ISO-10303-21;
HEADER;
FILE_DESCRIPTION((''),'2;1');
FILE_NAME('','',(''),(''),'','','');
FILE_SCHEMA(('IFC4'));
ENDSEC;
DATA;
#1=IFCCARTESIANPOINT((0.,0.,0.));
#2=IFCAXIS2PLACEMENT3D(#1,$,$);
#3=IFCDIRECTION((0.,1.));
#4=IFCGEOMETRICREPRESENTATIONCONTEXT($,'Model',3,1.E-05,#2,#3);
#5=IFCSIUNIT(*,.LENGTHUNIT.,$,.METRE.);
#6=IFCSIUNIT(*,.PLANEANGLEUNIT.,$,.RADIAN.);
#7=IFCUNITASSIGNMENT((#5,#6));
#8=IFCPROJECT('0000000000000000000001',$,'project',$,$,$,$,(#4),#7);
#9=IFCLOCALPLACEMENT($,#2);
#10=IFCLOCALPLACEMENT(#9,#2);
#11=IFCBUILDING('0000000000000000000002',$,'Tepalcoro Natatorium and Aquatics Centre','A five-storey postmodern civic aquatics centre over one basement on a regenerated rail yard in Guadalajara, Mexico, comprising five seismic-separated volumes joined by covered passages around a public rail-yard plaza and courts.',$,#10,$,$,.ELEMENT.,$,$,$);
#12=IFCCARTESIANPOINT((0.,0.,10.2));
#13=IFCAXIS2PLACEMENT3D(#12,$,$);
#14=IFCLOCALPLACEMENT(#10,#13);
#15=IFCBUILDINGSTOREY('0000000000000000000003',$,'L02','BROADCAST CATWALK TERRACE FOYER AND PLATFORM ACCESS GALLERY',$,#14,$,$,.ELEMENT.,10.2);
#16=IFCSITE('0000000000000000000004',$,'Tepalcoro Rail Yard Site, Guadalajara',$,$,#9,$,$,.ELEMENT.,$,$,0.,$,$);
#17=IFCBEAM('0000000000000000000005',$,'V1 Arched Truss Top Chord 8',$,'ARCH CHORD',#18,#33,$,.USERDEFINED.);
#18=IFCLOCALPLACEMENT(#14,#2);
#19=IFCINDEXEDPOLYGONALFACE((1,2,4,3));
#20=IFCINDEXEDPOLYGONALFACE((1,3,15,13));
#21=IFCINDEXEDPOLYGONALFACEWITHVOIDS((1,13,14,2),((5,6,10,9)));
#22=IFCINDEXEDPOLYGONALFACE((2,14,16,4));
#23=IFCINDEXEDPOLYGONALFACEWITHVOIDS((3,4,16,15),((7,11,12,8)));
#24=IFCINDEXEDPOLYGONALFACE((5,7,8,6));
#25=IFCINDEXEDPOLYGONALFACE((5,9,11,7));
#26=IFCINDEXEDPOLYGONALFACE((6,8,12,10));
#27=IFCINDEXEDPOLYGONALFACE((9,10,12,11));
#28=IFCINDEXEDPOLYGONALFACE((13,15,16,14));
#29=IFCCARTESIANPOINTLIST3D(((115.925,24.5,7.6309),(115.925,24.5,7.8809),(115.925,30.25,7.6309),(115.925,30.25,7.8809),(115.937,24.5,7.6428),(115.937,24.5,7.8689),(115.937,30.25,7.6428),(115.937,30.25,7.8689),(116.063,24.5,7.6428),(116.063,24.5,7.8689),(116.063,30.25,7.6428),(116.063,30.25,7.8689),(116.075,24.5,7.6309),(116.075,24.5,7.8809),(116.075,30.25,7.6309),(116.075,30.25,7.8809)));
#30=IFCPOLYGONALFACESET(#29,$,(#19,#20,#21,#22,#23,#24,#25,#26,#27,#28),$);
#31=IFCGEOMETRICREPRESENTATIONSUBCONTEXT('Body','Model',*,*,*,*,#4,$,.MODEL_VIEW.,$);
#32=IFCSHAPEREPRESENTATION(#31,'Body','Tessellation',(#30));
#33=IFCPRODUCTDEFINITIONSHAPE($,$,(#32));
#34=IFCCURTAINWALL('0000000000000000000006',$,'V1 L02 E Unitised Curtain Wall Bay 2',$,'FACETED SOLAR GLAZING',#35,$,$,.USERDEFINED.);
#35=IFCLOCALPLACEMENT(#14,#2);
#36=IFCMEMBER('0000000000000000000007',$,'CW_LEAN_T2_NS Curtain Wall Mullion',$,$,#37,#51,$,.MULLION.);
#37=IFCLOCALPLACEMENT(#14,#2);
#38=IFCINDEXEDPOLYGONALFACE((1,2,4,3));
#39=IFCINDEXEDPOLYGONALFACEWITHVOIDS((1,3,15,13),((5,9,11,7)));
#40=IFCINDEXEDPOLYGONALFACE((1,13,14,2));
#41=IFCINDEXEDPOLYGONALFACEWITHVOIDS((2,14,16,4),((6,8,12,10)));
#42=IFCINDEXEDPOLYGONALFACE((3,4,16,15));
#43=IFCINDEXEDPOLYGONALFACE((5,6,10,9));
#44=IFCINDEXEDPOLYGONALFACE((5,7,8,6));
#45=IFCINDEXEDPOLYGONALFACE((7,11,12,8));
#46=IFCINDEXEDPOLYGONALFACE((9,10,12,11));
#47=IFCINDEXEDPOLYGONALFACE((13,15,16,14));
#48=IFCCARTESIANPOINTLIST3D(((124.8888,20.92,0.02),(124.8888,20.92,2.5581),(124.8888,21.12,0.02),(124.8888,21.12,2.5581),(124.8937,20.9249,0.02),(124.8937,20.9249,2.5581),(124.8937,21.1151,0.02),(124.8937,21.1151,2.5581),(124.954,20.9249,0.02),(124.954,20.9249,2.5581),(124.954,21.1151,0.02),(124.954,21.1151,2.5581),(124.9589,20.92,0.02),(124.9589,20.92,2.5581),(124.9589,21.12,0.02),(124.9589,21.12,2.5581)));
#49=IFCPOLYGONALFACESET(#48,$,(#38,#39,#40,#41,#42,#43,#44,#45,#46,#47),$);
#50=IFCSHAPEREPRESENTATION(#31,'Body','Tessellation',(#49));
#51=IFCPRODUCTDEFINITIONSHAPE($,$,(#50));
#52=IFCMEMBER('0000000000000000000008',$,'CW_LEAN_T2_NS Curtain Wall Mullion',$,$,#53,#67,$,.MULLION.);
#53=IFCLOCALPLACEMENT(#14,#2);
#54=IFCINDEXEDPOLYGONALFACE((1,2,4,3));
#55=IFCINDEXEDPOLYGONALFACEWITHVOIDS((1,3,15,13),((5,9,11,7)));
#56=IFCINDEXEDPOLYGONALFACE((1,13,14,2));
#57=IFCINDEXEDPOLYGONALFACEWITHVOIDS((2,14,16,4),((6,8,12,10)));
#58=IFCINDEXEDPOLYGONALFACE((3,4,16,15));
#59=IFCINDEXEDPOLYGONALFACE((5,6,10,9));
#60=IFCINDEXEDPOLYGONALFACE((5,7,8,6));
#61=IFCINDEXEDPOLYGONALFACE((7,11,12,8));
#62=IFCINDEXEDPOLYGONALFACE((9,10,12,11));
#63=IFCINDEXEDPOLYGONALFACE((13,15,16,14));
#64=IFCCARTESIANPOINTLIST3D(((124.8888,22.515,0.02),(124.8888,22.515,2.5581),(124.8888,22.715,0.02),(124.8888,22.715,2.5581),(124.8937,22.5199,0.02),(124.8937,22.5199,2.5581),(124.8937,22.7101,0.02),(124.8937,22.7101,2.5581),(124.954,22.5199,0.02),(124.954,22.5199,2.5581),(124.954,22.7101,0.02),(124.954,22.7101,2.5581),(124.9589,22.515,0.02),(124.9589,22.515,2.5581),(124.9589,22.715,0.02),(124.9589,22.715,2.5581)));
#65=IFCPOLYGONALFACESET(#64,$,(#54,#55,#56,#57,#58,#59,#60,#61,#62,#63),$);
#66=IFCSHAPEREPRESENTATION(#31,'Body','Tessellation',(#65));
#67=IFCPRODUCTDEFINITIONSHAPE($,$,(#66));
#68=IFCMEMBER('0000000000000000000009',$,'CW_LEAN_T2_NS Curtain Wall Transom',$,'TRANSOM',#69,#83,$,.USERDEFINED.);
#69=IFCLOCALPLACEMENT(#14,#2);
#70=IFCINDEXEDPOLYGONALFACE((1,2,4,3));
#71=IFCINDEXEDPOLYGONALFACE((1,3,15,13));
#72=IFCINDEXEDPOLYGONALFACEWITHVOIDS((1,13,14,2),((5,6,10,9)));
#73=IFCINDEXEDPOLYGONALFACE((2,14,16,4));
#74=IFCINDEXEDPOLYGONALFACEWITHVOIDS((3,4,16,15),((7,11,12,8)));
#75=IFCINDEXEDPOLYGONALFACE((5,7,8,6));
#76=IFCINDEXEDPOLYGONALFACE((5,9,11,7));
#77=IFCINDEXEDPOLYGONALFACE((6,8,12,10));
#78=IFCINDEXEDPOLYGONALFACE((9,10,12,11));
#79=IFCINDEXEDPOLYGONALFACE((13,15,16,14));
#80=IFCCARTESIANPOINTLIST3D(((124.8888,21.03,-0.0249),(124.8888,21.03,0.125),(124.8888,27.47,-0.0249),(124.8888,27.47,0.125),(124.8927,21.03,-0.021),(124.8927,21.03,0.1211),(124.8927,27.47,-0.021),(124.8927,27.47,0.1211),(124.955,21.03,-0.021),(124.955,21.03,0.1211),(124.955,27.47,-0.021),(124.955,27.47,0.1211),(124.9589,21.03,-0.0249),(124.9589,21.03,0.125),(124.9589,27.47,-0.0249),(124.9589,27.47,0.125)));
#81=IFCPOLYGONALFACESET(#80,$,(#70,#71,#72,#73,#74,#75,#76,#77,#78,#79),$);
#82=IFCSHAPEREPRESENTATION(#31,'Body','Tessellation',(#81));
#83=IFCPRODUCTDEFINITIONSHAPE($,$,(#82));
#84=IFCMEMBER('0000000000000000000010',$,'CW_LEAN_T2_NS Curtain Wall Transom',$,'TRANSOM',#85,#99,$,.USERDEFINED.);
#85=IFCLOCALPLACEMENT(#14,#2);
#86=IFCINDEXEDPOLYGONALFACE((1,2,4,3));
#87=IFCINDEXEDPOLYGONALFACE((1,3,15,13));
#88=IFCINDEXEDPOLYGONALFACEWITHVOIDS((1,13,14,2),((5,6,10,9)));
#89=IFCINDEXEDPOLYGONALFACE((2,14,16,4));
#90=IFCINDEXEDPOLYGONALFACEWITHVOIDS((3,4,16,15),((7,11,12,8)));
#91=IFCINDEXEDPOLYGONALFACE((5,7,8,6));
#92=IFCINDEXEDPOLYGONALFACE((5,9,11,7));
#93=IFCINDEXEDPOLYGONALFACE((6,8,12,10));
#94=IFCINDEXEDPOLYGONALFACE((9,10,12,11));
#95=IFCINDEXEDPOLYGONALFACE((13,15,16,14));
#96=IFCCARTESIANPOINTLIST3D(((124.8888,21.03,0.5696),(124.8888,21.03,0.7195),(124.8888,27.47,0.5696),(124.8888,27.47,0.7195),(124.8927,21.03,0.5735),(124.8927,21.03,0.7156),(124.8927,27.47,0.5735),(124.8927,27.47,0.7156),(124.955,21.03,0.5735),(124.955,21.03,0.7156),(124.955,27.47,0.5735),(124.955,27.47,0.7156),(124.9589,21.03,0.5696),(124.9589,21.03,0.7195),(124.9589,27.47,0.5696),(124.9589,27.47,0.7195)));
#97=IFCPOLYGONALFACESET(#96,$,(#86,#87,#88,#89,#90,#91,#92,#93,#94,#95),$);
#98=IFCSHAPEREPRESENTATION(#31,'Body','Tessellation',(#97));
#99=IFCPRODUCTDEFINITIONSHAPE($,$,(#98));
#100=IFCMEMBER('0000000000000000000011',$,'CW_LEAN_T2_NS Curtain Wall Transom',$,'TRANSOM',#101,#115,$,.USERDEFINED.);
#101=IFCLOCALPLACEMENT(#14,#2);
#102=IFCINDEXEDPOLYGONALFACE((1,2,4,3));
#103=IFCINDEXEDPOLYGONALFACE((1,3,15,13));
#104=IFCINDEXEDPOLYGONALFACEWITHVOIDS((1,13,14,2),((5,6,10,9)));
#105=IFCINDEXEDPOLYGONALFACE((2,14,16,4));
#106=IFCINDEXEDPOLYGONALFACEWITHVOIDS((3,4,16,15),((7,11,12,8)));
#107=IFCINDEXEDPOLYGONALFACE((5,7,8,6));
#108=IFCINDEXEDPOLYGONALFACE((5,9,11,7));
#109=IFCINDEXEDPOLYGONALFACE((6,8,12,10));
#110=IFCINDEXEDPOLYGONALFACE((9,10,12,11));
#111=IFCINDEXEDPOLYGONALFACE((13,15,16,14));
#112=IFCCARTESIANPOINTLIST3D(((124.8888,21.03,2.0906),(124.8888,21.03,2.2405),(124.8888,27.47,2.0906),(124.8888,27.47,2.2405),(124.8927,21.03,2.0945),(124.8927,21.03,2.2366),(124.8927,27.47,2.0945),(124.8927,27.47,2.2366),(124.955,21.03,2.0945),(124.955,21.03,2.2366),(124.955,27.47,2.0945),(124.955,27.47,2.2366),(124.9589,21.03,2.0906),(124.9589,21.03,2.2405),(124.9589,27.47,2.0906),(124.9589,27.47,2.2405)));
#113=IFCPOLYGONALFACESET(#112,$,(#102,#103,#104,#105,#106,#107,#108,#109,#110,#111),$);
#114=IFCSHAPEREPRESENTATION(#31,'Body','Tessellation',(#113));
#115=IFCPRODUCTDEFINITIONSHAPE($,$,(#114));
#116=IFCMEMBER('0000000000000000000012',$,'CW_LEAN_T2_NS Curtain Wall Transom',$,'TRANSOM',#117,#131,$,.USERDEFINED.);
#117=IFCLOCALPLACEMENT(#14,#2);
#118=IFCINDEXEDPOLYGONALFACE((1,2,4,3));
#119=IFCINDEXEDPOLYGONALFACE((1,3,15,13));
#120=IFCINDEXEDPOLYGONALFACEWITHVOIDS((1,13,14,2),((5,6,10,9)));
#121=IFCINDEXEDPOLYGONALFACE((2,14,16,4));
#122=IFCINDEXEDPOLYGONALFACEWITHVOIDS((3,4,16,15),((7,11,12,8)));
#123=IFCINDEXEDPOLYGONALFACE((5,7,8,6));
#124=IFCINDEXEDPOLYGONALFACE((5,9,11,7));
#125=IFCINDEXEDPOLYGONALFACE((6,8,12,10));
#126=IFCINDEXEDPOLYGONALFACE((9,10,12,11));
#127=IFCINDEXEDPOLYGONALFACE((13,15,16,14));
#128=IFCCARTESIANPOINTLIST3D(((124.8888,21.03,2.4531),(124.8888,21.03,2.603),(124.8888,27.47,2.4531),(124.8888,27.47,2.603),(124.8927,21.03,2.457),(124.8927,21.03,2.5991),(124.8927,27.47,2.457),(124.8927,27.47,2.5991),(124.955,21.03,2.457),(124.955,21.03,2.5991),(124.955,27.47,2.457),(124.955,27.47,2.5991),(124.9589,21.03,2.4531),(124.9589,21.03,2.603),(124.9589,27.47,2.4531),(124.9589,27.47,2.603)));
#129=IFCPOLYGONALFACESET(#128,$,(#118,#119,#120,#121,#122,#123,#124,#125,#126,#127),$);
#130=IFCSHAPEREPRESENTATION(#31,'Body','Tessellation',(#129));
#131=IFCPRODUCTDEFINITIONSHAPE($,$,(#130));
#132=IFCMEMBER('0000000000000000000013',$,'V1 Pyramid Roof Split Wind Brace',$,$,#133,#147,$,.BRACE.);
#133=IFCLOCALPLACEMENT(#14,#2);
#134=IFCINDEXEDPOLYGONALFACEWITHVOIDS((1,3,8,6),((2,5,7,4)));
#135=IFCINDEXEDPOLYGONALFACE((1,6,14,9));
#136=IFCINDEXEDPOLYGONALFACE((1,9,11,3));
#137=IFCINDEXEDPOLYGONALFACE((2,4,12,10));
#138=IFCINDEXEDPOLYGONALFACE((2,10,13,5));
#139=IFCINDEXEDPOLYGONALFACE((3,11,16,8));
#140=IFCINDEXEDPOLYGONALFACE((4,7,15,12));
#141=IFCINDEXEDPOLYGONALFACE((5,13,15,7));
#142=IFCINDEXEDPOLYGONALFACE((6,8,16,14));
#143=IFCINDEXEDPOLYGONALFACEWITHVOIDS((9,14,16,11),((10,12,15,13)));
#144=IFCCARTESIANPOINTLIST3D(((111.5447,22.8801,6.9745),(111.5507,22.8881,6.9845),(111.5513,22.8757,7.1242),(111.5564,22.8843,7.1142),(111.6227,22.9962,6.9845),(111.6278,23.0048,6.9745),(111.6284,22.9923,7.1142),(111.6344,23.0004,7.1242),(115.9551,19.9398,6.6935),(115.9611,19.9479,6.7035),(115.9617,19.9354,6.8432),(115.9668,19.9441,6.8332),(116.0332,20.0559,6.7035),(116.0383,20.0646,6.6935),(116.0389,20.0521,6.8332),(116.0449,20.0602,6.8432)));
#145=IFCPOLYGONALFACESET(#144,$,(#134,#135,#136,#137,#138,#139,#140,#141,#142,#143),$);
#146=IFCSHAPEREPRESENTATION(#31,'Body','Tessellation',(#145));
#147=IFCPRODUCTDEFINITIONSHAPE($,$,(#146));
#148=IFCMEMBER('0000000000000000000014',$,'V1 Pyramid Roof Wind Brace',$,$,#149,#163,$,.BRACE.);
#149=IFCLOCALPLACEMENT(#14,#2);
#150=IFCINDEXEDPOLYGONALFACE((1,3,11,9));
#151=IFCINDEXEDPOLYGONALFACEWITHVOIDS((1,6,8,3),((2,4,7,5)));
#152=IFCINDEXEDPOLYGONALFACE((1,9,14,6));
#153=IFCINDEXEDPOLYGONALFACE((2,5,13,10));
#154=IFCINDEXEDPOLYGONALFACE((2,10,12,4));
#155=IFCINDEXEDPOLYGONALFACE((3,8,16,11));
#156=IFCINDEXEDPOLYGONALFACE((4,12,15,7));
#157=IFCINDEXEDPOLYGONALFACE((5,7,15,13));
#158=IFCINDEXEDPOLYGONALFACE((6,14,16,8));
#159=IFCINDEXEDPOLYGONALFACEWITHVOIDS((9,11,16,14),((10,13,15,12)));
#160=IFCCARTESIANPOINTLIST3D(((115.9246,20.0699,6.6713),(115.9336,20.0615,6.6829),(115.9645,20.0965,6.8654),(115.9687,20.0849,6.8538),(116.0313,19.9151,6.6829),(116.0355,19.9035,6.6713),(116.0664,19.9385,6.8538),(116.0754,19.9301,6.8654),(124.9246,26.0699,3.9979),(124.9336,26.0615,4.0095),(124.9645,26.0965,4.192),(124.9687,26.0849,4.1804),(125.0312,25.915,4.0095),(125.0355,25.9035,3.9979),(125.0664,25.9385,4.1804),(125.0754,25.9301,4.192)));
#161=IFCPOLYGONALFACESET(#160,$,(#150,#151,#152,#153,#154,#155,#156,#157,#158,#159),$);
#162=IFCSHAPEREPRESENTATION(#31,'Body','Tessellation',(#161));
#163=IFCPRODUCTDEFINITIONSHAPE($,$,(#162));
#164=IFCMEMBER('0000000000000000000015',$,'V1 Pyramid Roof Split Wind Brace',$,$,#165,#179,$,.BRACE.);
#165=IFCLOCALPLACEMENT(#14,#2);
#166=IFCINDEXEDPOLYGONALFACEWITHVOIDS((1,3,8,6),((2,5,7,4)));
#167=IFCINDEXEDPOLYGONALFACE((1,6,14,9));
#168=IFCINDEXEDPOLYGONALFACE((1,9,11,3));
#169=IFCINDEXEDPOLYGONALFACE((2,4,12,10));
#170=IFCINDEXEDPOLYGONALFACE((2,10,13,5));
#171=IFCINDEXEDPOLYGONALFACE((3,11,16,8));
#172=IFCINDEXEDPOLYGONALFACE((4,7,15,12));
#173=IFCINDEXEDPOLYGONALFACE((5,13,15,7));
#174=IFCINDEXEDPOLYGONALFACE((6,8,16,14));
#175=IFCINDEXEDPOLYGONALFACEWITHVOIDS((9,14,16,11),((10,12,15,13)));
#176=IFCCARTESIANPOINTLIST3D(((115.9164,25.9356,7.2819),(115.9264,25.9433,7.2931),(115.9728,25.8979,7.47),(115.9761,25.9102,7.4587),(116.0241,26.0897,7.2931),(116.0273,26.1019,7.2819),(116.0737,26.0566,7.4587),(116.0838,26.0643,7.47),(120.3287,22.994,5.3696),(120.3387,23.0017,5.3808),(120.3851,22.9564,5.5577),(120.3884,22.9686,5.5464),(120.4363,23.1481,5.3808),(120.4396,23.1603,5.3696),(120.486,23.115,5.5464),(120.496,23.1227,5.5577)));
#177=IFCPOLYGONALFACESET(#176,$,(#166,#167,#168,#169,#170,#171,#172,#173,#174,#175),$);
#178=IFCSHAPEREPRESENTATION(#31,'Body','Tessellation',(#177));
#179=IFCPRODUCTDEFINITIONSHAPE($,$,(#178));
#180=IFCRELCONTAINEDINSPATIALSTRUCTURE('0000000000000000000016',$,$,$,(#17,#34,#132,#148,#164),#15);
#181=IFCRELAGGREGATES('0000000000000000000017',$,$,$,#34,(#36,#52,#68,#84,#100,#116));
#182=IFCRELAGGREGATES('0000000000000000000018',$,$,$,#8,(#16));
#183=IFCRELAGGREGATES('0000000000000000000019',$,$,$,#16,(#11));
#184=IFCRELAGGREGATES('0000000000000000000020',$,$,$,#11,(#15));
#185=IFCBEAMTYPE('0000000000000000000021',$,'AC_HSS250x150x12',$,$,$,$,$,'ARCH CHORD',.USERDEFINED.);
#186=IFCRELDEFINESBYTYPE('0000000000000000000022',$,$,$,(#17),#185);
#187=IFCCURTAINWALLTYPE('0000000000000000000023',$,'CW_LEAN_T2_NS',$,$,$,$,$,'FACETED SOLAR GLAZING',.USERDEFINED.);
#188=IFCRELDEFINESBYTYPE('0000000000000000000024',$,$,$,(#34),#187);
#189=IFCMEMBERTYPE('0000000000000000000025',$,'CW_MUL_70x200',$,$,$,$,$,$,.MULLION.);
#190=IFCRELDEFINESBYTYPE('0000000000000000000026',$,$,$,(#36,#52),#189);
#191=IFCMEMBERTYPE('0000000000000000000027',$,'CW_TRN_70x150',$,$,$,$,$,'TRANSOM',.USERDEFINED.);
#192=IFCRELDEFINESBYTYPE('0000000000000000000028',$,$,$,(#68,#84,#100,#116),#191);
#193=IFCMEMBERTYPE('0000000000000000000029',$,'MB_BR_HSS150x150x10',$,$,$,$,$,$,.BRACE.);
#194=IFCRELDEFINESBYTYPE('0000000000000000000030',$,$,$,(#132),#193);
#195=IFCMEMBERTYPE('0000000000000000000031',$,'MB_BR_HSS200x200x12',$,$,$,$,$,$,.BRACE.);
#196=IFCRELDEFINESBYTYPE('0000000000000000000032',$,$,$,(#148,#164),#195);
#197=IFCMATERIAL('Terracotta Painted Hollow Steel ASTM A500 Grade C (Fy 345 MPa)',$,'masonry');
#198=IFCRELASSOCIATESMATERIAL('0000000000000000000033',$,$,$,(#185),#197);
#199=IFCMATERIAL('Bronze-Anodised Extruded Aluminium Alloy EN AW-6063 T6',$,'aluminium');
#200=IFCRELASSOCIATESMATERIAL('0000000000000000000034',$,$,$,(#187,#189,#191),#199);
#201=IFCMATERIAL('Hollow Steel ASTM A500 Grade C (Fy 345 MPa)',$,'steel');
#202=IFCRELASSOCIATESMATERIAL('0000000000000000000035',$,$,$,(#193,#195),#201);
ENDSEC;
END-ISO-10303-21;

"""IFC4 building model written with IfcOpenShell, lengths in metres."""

from ifc_helpers import new_model, si_unit, direction, frame, origin, origin_2d, place, context, subcontext, project, spatial, hollow_rectangle, extrude, material, material_profile, profile_set, type_object, element, aggregate, save


model = new_model("IFC4")

# Units and contexts
model_context = context("Model", 3, precision=1e-05, world=origin(), true_north=direction((0.0, 1.0)))
body_context = subcontext(model_context, "Body", "Model", "MODEL_VIEW")
ifc_project = project(units=[si_unit("LENGTHUNIT", "METRE"), si_unit("PLANEANGLEUNIT", "RADIAN")], contexts=[model_context])

# Site, building, storey
site_placement = place(None, origin())
site = spatial("IfcSite", under=ifc_project, at=site_placement, Name="Tepalcoro Rail Yard Site, Guadalajara", CompositionType="ELEMENT", RefElevation=0.0)
building_placement = place(site_placement, origin())
building = spatial("IfcBuilding", under=site, at=building_placement, Name="Tepalcoro Natatorium and Aquatics Centre", Description="A five-storey postmodern civic aquatics centre over one basement on a regenerated rail yard in Guadalajara, Mexico, comprising five seismic-separated volumes joined by covered passages around a public rail-yard plaza and courts.", CompositionType="ELEMENT")
storey_placement = place(building_placement, frame((0.0, 0.0, 10.2)))
storey = spatial("IfcBuildingStorey", under=building, at=storey_placement, Name="L02", Description="BROADCAST CATWALK TERRACE FOYER AND PLATFORM ACCESS GALLERY", CompositionType="ELEMENT", Elevation=10.2)

# Beam
ifc_material_1 = material(Name="Terracotta Painted Hollow Steel ASTM A500 Grade C (Fy 345 MPa)", Category="masonry")
ifc_material_profile_1 = material_profile(ifc_material_1, hollow_rectangle(XDim=0.1499, YDim=0.25, WallThickness=0.012, at=origin_2d()), Name="HSS250X150X12")
ifc_profile_set_1 = profile_set([ifc_material_profile_1], Name="Terracotta Painted Hollow Steel ASTM A500 Grade C (Fy 345 MPa)")
beam_type = type_object("IfcBeamType", Name="AC_HSS250x150x12", ElementType="ARCH CHORD", PredefinedType="USERDEFINED", material=ifc_profile_set_1)
beam_placement = place(storey_placement, frame((116.0, 24.5, 7.7559), z_axis=(0.0, 1.0, 0.0), x_axis=(-1.0, 0.0, 0.0)))
element("IfcBeam", 1, at=beam_placement, inside=storey, type_object=beam_type, Name="V1 Arched Truss Top Chord 8", ObjectType="ARCH CHORD", PredefinedType="USERDEFINED", context=body_context, shape_type="SweptSolid", body=[
    extrude(hollow_rectangle(XDim=0.1499, YDim=0.25, WallThickness=0.012, at=origin_2d()), origin(), (0.0, 0.0, 1.0), 5.75),
])

# Curtain wall, members
ifc_material_2 = material(Name="Bronze-Anodised Extruded Aluminium Alloy EN AW-6063 T6", Category="aluminium")
curtain_wall_type = type_object("IfcCurtainWallType", Name="CW_LEAN_T2_NS", ElementType="FACETED SOLAR GLAZING", PredefinedType="USERDEFINED", material=ifc_material_2)
curtain_wall_placement = place(storey_placement, origin())
curtain_wall = element("IfcCurtainWall", 2, at=curtain_wall_placement, inside=storey, type_object=curtain_wall_type, Name="V1 L02 E Unitised Curtain Wall Bay 2", ObjectType="FACETED SOLAR GLAZING", PredefinedType="USERDEFINED")
ifc_material_profile_2 = material_profile(ifc_material_2, hollow_rectangle(XDim=0.0701, YDim=0.2, WallThickness=0.0049, at=origin_2d()), Name="AL70X200X5")
ifc_profile_set_2 = profile_set([ifc_material_profile_2], Name="Bronze-Anodised Extruded Aluminium Alloy EN AW-6063 T6")
member_type_1 = type_object("IfcMemberType", Name="CW_MUL_70x200", PredefinedType="MULLION", material=ifc_profile_set_2)
member_1_placement = place(storey_placement, frame((124.9238, 21.02, 0.02), z_axis=(0.0, 0.0, 1.0), x_axis=(1.0, 0.0, 0.0)))
member_1 = element("IfcMember", 3, at=member_1_placement, type_object=member_type_1, Name="CW_LEAN_T2_NS Curtain Wall Mullion", PredefinedType="MULLION", context=body_context, shape_type="SweptSolid", body=[
    extrude(hollow_rectangle(XDim=0.0701, YDim=0.2, WallThickness=0.0049, at=origin_2d()), origin(), (0.0, 0.0, 1.0), 2.5381),
])
member_2_placement = place(storey_placement, frame((124.9238, 22.615, 0.02), z_axis=(0.0, 0.0, 1.0), x_axis=(1.0, 0.0, 0.0)))
member_2 = element("IfcMember", 4, at=member_2_placement, type_object=member_type_1, Name="CW_LEAN_T2_NS Curtain Wall Mullion", PredefinedType="MULLION", context=body_context, shape_type="SweptSolid", body=[
    extrude(hollow_rectangle(XDim=0.0701, YDim=0.2, WallThickness=0.0049, at=origin_2d()), origin(), (0.0, 0.0, 1.0), 2.5381),
])
ifc_material_profile_3 = material_profile(ifc_material_2, hollow_rectangle(XDim=0.0701, YDim=0.1499, WallThickness=0.0039, at=origin_2d()), Name="AL70X150X4")
ifc_profile_set_3 = profile_set([ifc_material_profile_3], Name="Bronze-Anodised Extruded Aluminium Alloy EN AW-6063 T6")
member_type_2 = type_object("IfcMemberType", Name="CW_TRN_70x150", ElementType="TRANSOM", PredefinedType="USERDEFINED", material=ifc_profile_set_3)
member_3_placement = place(storey_placement, frame((124.9238, 21.03, 0.05), z_axis=(0.0, 1.0, 0.0), x_axis=(-1.0, 0.0, 0.0)))
member_3 = element("IfcMember", 5, at=member_3_placement, type_object=member_type_2, Name="CW_LEAN_T2_NS Curtain Wall Transom", ObjectType="TRANSOM", PredefinedType="USERDEFINED", context=body_context, shape_type="SweptSolid", body=[
    extrude(hollow_rectangle(XDim=0.0701, YDim=0.1499, WallThickness=0.0039, at=origin_2d()), origin(), (0.0, 0.0, 1.0), 6.4399),
])
member_4_placement = place(storey_placement, frame((124.9238, 21.03, 0.6445), z_axis=(0.0, 1.0, 0.0), x_axis=(-1.0, 0.0, 0.0)))
member_4 = element("IfcMember", 6, at=member_4_placement, type_object=member_type_2, Name="CW_LEAN_T2_NS Curtain Wall Transom", ObjectType="TRANSOM", PredefinedType="USERDEFINED", context=body_context, shape_type="SweptSolid", body=[
    extrude(hollow_rectangle(XDim=0.0701, YDim=0.1499, WallThickness=0.0039, at=origin_2d()), origin(), (0.0, 0.0, 1.0), 6.4399),
])
member_5_placement = place(storey_placement, frame((124.9238, 21.03, 2.1655), z_axis=(0.0, 1.0, 0.0), x_axis=(-1.0, 0.0, 0.0)))
member_5 = element("IfcMember", 7, at=member_5_placement, type_object=member_type_2, Name="CW_LEAN_T2_NS Curtain Wall Transom", ObjectType="TRANSOM", PredefinedType="USERDEFINED", context=body_context, shape_type="SweptSolid", body=[
    extrude(hollow_rectangle(XDim=0.0701, YDim=0.1499, WallThickness=0.0039, at=origin_2d()), origin(), (0.0, 0.0, 1.0), 6.4399),
])
member_6_placement = place(storey_placement, frame((124.9238, 21.03, 2.5281), z_axis=(0.0, 1.0, 0.0), x_axis=(-1.0, 0.0, 0.0)))
member_6 = element("IfcMember", 8, at=member_6_placement, type_object=member_type_2, Name="CW_LEAN_T2_NS Curtain Wall Transom", ObjectType="TRANSOM", PredefinedType="USERDEFINED", context=body_context, shape_type="SweptSolid", body=[
    extrude(hollow_rectangle(XDim=0.0701, YDim=0.1499, WallThickness=0.0039, at=origin_2d()), origin(), (0.0, 0.0, 1.0), 6.4399),
])

# Members
ifc_material_3 = material(Name="Hollow Steel ASTM A500 Grade C (Fy 345 MPa)", Category="steel")
ifc_material_profile_4 = material_profile(ifc_material_3, hollow_rectangle(XDim=0.1499, YDim=0.1499, WallThickness=0.01, at=origin_2d()), Name="HSS150X150X10")
ifc_profile_set_4 = profile_set([ifc_material_profile_4], Name="Hollow Steel ASTM A500 Grade C (Fy 345 MPa)")
member_type_3 = type_object("IfcMemberType", Name="MB_BR_HSS150x150x10", PredefinedType="BRACE", material=ifc_profile_set_4)
member_7_placement = place(storey_placement, frame((116.0, 20.0, 6.7683), z_axis=(-0.830891, 0.553912, 0.05294), x_axis=(-0.55469, -0.832057, 0.0)))
element("IfcMember", 9, at=member_7_placement, inside=storey, type_object=member_type_3, Name="V1 Pyramid Roof Split Wind Brace", PredefinedType="BRACE", context=body_context, shape_type="SweptSolid", body=[
    extrude(hollow_rectangle(XDim=0.1499, YDim=0.1499, WallThickness=0.01, at=origin_2d()), origin(), (0.0, 0.0, 1.0), 5.3081),
])
ifc_material_profile_5 = material_profile(ifc_material_3, hollow_rectangle(XDim=0.2, YDim=0.2, WallThickness=0.012, at=origin_2d()), Name="HSS200X200X12")
ifc_profile_set_5 = profile_set([ifc_material_profile_5], Name="Hollow Steel ASTM A500 Grade C (Fy 345 MPa)")
member_type_4 = type_object("IfcMemberType", Name="MB_BR_HSS200x200x12", PredefinedType="BRACE", material=ifc_profile_set_5)
member_8_placement = place(storey_placement, frame((116.0, 20.0, 6.7683), z_axis=(0.807746, 0.538497, -0.239931), x_axis=(-0.5547, 0.83205, 0.0)))
element("IfcMember", 10, at=member_8_placement, inside=storey, type_object=member_type_4, Name="V1 Pyramid Roof Wind Brace", PredefinedType="BRACE", context=body_context, shape_type="SweptSolid", body=[
    extrude(hollow_rectangle(XDim=0.2, YDim=0.2, WallThickness=0.012, at=origin_2d()), origin(), (0.0, 0.0, 1.0), 11.1421),
])
member_9_placement = place(storey_placement, frame((120.4124, 23.0583, 5.4636), z_axis=(-0.782705, 0.521818, 0.339232), x_axis=(-0.554711, -0.832043, 0.0)))
element("IfcMember", 11, at=member_9_placement, inside=storey, type_object=member_type_4, Name="V1 Pyramid Roof Split Wind Brace", PredefinedType="BRACE", context=body_context, shape_type="SweptSolid", body=[
    extrude(hollow_rectangle(XDim=0.2, YDim=0.2, WallThickness=0.012, at=origin_2d()), origin(), (0.0, 0.0, 1.0), 5.6372),
])

aggregate(curtain_wall, [member_1, member_2, member_3, member_4, member_5, member_6])

save(model, "model.ifc")
